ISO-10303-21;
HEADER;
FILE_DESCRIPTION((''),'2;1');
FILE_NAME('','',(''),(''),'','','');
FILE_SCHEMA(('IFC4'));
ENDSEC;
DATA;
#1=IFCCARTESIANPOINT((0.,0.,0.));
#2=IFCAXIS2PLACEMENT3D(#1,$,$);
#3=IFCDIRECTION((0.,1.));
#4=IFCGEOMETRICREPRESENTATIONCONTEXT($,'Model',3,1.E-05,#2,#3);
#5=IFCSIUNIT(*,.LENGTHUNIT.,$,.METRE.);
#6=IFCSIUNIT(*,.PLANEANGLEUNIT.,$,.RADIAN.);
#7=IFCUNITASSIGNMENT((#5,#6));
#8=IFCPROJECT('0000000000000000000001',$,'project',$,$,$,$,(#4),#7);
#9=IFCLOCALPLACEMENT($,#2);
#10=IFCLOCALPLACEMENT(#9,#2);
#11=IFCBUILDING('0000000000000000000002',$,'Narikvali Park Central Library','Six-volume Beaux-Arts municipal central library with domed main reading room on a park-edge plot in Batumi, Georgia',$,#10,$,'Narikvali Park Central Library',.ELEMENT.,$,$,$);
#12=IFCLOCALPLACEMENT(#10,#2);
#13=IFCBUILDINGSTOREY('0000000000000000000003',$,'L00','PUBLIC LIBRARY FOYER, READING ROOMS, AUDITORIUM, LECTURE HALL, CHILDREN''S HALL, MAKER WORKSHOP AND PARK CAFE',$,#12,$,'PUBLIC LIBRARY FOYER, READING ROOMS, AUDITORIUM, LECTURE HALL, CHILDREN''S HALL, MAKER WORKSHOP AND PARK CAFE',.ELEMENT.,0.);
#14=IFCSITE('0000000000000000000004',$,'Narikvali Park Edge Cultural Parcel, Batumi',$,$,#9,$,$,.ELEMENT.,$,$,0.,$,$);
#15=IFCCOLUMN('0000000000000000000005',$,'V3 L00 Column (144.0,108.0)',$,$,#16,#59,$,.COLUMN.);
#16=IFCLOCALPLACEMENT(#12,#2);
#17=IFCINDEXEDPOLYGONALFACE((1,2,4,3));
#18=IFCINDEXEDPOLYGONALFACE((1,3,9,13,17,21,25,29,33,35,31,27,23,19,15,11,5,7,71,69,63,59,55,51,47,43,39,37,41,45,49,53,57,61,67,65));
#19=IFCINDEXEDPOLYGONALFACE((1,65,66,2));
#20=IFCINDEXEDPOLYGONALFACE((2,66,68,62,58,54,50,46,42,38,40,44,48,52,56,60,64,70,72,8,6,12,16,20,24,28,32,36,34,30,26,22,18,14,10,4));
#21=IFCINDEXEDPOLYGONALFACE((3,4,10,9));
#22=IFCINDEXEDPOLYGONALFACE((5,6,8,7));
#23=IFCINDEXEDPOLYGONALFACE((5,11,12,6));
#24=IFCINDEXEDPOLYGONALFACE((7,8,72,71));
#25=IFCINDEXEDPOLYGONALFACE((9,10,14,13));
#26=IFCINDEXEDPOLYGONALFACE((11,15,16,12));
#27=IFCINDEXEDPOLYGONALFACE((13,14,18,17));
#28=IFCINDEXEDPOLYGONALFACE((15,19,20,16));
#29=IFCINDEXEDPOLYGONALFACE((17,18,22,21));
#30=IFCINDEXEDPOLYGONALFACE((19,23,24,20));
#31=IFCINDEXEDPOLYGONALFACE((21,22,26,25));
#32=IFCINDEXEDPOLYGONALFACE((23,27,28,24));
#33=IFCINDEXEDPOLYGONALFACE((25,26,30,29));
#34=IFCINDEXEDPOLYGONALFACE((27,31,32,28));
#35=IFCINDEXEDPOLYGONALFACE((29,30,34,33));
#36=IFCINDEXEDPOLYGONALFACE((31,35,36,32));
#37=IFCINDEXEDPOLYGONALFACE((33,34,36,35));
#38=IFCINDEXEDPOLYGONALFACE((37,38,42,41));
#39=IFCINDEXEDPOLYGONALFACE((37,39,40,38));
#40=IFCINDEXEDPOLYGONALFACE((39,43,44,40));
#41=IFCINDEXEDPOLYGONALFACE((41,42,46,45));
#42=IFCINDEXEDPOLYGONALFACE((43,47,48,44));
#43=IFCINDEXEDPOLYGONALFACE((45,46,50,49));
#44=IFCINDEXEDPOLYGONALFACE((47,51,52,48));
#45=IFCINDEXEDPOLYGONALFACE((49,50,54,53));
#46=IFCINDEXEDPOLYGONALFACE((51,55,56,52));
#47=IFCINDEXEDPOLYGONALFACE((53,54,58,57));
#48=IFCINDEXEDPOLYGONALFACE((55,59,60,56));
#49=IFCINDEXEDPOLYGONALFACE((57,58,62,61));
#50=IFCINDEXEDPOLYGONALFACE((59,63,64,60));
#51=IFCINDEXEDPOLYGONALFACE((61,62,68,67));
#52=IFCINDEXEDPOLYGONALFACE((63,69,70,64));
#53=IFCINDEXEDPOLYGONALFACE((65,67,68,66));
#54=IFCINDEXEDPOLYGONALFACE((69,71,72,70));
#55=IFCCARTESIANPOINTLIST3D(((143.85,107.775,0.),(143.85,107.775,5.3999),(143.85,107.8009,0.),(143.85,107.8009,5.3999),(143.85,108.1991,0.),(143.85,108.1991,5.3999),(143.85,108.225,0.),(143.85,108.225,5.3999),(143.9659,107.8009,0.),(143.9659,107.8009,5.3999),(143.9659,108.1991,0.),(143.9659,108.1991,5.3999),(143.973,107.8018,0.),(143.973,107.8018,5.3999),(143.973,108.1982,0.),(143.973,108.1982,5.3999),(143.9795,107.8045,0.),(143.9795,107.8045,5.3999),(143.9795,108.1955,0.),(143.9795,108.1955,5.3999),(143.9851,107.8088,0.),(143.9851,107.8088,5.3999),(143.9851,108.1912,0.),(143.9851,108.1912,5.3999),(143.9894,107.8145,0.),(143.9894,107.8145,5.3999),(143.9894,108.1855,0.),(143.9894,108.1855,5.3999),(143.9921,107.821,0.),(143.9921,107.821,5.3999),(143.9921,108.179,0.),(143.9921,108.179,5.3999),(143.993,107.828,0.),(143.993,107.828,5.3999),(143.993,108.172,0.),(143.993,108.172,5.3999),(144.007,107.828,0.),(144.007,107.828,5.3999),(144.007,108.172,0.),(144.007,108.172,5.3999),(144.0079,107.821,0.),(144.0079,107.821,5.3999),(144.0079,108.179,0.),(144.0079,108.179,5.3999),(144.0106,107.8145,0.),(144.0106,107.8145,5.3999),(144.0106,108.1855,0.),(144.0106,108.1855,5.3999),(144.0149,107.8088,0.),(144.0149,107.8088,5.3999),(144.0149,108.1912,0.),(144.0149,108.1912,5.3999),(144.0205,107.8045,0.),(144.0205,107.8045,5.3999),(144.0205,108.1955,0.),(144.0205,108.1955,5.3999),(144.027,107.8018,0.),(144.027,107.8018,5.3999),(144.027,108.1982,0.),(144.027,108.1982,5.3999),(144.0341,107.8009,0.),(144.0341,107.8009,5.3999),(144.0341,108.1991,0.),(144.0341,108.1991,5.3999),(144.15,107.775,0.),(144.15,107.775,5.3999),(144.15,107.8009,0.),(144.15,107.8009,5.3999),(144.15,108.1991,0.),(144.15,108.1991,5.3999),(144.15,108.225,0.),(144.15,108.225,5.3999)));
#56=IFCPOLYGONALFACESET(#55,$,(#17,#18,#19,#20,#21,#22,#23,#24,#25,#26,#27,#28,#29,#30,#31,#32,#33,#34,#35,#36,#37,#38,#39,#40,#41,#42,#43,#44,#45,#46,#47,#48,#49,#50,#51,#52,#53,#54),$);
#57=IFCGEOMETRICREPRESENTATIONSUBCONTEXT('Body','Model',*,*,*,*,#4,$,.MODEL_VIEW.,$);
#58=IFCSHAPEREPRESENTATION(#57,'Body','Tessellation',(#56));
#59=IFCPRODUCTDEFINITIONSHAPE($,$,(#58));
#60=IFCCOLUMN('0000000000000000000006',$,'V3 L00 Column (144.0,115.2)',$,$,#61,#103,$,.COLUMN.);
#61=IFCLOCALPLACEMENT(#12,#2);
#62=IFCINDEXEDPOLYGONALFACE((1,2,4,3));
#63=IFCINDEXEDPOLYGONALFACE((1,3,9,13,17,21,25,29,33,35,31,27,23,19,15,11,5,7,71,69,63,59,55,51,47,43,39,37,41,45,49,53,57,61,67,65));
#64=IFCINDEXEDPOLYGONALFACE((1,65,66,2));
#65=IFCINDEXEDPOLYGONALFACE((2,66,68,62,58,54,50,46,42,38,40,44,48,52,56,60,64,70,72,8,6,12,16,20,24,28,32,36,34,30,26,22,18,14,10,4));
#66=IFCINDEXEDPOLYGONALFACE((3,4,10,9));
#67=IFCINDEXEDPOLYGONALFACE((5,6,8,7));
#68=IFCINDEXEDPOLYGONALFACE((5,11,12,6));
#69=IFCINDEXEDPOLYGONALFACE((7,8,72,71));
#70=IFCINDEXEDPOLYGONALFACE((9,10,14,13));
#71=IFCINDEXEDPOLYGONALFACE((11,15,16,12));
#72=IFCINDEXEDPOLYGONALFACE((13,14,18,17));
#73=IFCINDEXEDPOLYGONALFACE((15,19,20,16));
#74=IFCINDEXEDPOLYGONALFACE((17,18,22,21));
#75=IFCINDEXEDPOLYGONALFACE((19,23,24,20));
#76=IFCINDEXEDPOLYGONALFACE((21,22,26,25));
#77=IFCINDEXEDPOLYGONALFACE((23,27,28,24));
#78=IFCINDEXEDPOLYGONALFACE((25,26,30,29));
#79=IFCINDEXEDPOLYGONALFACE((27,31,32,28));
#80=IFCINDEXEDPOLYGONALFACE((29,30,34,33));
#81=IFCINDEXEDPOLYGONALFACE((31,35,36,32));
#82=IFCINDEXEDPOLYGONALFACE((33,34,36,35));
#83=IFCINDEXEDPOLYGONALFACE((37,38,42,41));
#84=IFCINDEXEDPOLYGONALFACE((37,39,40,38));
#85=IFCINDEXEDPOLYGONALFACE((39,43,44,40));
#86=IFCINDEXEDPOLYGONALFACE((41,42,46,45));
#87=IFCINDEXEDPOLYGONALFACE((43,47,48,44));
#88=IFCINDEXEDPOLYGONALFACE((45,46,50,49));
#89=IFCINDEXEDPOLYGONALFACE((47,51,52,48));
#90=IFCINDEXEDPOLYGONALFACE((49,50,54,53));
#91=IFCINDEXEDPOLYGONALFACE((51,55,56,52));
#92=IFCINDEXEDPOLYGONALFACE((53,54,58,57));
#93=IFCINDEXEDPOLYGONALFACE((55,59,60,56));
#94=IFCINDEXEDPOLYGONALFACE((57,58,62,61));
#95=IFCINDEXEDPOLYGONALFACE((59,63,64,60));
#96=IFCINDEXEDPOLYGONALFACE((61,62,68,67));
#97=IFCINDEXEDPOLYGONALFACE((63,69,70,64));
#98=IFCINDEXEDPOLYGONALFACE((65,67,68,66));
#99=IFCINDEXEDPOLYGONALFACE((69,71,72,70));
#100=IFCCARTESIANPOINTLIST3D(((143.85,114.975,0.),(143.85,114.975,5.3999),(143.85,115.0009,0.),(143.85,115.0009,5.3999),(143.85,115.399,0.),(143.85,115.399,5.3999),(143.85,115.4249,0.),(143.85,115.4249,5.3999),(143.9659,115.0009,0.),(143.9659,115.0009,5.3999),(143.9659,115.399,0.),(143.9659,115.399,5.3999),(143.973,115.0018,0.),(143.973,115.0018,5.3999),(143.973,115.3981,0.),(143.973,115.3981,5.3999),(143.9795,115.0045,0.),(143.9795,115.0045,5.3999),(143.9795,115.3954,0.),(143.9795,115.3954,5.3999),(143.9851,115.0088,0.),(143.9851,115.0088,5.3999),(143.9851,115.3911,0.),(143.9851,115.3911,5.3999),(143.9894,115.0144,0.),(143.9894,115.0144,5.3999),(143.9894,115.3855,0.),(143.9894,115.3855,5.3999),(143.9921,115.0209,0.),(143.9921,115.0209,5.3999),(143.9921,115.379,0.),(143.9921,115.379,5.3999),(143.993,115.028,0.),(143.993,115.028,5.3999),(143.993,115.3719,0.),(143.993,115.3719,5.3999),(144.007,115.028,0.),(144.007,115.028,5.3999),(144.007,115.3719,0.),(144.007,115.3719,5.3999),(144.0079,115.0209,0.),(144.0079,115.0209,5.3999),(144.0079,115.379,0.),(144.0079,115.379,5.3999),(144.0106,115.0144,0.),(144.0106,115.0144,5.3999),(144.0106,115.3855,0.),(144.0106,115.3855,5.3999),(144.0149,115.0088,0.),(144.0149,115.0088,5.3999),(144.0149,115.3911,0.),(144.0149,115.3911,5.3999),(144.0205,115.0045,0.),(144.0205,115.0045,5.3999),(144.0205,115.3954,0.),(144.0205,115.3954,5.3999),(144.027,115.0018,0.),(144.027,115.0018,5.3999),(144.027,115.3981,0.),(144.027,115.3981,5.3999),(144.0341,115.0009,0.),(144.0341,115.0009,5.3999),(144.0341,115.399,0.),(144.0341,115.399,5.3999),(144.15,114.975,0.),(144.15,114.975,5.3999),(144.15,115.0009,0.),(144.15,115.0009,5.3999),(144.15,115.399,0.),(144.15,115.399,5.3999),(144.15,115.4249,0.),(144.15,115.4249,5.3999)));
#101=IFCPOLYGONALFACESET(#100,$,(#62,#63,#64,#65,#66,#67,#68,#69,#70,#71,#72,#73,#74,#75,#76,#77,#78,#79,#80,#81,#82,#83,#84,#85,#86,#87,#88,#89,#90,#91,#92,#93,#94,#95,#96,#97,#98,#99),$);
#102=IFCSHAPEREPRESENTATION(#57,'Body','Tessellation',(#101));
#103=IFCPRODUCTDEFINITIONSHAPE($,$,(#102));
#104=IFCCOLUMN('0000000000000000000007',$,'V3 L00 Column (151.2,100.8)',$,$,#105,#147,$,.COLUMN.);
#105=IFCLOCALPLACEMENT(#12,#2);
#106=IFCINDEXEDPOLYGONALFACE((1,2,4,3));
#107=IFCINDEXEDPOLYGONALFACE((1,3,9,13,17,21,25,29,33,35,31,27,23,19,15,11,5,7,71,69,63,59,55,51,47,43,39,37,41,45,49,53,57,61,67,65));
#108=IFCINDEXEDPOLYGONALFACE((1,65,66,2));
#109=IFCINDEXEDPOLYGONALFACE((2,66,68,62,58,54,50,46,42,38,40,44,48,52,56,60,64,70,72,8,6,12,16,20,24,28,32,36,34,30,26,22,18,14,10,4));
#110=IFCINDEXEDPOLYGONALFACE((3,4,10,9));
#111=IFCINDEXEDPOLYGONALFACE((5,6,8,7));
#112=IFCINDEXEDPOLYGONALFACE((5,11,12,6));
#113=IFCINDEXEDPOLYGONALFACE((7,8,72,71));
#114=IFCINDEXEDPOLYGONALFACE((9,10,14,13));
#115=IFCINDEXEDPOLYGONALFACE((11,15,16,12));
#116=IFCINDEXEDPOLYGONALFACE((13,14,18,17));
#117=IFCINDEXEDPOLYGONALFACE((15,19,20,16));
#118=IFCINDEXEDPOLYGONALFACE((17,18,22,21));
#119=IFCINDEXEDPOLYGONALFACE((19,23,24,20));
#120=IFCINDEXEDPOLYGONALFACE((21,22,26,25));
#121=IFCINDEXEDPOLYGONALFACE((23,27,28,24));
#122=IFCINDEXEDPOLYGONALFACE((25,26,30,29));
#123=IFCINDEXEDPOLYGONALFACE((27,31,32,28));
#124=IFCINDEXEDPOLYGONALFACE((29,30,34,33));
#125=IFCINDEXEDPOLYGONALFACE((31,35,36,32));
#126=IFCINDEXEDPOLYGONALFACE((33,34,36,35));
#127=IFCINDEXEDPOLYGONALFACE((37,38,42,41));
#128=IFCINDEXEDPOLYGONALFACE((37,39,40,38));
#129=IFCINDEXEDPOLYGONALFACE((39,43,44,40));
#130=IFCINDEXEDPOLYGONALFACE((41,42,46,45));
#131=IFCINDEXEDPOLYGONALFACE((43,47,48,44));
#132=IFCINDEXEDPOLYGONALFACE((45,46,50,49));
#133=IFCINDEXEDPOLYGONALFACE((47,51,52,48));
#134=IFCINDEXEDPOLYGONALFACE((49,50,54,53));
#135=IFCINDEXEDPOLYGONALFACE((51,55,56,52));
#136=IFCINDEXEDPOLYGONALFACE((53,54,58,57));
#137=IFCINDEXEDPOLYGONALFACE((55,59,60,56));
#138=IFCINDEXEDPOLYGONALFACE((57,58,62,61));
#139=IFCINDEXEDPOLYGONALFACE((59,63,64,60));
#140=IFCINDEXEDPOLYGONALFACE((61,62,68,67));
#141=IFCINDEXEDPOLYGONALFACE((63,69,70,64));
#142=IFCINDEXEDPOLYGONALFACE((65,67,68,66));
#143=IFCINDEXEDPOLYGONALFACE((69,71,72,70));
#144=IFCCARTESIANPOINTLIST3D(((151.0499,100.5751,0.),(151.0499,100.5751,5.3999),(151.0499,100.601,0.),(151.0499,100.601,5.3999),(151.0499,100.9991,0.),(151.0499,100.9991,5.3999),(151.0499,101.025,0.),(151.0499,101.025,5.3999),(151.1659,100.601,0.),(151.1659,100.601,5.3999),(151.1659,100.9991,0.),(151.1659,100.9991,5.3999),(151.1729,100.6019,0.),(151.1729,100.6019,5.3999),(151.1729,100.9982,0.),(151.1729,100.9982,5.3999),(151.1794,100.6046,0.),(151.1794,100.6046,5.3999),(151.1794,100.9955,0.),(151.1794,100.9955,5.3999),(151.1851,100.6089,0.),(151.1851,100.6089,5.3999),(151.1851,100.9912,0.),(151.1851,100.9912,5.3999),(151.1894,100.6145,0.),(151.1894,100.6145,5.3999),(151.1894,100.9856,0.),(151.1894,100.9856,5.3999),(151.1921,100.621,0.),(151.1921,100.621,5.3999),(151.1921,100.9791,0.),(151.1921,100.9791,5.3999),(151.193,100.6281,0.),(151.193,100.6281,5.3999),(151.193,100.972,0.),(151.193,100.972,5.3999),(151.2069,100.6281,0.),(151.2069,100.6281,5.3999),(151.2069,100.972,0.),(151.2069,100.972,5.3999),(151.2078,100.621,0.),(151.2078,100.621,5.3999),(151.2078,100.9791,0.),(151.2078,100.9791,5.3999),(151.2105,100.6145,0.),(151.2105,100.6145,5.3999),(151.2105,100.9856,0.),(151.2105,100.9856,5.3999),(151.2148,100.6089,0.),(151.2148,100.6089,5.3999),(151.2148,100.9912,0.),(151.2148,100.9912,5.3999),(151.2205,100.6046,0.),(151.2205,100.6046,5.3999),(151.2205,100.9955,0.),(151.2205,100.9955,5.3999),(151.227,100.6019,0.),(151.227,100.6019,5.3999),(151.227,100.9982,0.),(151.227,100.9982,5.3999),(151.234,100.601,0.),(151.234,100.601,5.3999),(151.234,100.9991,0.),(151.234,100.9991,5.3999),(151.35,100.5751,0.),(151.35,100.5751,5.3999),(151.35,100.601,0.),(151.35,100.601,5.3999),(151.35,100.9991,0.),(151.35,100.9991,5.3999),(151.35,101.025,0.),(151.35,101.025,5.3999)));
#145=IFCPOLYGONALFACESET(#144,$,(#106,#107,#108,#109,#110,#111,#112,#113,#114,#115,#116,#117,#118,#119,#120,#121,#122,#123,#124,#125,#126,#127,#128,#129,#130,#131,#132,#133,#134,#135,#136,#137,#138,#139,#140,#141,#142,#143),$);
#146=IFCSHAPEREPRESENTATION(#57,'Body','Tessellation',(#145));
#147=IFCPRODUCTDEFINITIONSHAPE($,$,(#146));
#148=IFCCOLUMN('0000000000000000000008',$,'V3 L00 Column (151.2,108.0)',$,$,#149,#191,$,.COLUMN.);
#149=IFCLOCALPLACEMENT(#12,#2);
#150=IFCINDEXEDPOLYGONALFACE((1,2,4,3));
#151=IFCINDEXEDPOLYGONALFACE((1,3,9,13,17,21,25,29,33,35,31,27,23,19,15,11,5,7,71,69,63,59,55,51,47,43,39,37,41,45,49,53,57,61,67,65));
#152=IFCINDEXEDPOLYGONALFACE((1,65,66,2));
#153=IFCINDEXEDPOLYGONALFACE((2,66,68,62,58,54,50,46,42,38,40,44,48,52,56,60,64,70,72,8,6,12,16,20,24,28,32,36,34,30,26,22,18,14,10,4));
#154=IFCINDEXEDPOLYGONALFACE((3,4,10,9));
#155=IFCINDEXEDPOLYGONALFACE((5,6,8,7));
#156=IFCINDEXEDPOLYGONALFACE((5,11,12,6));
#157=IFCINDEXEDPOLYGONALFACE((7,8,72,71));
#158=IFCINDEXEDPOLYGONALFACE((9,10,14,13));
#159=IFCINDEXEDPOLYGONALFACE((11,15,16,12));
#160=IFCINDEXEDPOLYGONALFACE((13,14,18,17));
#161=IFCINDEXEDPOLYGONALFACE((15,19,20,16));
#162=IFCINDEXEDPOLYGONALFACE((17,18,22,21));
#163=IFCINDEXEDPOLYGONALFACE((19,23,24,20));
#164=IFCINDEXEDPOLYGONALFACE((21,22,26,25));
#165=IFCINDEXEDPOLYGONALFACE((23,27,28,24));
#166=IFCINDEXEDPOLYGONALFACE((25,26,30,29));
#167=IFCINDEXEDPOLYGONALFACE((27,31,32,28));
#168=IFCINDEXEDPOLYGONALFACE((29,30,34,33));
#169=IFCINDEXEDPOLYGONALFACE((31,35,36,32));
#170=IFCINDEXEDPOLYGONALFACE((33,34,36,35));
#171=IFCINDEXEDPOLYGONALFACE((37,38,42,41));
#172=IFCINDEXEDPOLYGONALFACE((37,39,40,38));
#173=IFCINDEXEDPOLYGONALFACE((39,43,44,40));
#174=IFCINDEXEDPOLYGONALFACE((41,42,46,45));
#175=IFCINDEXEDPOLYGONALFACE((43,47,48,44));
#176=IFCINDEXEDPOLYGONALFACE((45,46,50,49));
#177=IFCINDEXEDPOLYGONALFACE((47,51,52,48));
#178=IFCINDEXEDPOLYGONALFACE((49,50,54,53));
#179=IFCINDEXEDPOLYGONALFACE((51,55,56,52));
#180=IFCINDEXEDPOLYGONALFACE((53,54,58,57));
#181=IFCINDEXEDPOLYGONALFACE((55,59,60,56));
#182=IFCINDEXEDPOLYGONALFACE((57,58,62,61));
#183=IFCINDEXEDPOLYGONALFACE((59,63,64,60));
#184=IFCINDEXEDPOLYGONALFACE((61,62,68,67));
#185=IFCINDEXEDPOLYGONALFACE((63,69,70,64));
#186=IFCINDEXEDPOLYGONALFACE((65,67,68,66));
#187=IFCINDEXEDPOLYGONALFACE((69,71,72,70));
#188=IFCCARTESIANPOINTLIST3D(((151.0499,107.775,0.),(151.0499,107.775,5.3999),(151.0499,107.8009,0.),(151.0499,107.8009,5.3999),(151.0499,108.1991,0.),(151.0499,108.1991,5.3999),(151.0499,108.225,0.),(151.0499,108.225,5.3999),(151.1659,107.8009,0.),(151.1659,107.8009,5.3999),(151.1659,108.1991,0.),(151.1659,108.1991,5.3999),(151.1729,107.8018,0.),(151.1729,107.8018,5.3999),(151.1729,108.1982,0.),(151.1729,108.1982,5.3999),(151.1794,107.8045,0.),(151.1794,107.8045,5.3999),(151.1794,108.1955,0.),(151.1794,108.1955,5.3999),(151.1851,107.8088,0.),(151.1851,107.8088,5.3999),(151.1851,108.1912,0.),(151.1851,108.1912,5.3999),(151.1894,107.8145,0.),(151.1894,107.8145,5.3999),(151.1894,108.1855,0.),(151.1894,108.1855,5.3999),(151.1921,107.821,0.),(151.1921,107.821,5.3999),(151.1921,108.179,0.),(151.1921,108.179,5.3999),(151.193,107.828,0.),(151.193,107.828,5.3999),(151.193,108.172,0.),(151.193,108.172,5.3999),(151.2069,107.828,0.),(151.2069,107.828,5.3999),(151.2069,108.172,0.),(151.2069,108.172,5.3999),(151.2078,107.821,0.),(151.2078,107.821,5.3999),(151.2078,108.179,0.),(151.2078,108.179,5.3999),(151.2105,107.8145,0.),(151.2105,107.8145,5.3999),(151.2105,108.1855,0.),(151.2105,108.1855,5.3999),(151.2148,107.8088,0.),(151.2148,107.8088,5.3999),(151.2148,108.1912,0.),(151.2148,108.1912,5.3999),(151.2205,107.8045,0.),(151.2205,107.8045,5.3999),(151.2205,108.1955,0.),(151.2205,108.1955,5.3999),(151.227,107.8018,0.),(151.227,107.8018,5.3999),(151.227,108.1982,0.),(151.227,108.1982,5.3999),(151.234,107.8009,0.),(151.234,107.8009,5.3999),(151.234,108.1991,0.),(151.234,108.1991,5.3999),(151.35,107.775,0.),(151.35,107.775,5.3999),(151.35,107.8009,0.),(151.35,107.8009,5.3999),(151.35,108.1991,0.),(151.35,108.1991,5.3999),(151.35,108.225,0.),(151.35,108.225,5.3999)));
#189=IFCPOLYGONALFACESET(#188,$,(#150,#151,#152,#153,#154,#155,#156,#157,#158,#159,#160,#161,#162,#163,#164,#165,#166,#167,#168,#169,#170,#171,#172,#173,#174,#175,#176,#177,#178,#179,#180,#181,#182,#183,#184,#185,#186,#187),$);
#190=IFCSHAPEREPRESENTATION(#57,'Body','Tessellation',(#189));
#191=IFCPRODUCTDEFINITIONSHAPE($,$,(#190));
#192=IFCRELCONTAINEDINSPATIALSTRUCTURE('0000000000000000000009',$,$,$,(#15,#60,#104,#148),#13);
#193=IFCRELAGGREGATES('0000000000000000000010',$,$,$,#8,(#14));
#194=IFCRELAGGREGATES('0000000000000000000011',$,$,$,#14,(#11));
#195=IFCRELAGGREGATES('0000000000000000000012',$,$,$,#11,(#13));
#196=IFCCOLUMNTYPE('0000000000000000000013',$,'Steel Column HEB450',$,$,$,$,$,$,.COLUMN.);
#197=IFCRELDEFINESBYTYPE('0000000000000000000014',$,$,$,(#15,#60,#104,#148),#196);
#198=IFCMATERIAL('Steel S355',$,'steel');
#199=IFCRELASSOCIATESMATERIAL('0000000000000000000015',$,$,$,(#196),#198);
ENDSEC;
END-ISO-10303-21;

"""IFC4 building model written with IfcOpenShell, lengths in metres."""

from ifc_helpers import new_model, si_unit, direction, frame, origin, origin_2d, place, context, subcontext, project, spatial, i_section, extrude, material, material_profile, profile_set, type_object, element, save


model = new_model("IFC4")

# Units and contexts
model_context = context("Model", 3, precision=1e-05, world=origin(), true_north=direction((0.0, 1.0)))
body_context = subcontext(model_context, "Body", "Model", "MODEL_VIEW")
ifc_project = project(units=[si_unit("LENGTHUNIT", "METRE"), si_unit("PLANEANGLEUNIT", "RADIAN")], contexts=[model_context])

# Site, building, storey
site_placement = place(None, origin())
site = spatial("IfcSite", under=ifc_project, at=site_placement, Name="Narikvali Park Edge Cultural Parcel, Batumi", CompositionType="ELEMENT", RefElevation=0.0)
building_placement = place(site_placement, origin())
building = spatial("IfcBuilding", under=site, at=building_placement, Name="Narikvali Park Central Library", Description="Six-volume Beaux-Arts municipal central library with domed main reading room on a park-edge plot in Batumi, Georgia", LongName="Narikvali Park Central Library", CompositionType="ELEMENT")
storey_placement = place(building_placement, origin())
storey = spatial("IfcBuildingStorey", under=building, at=storey_placement, Name="L00", Description="PUBLIC LIBRARY FOYER, READING ROOMS, AUDITORIUM, LECTURE HALL, CHILDREN'S HALL, MAKER WORKSHOP AND PARK CAFE", LongName="PUBLIC LIBRARY FOYER, READING ROOMS, AUDITORIUM, LECTURE HALL, CHILDREN'S HALL, MAKER WORKSHOP AND PARK CAFE", CompositionType="ELEMENT", Elevation=0.0)

# Columns
ifc_material_1 = material(Name="Steel S355", Category="steel")
ifc_material_profile_1 = material_profile(ifc_material_1, i_section(OverallWidth=0.3, OverallDepth=0.45, WebThickness=0.0139, FlangeThickness=0.0259, FilletRadius=0.0271, at=origin_2d()), Name="HEB 450")
ifc_profile_set_1 = profile_set([ifc_material_profile_1], Name="Steel S355")
column_type = type_object("IfcColumnType", Name="Steel Column HEB450", PredefinedType="COLUMN", material=ifc_profile_set_1)
for number, where, z_axis, x_axis, name in (
    (1, (144.0, 108.0, 0.0), (0.0, 0.0, 1.0), (1.0, 0.0, 0.0), "V3 L00 Column (144.0,108.0)"),
    (2, (144.0, 115.2, 0.0), (0.0, 0.0, 1.0), (1.0, 0.0, 0.0), "V3 L00 Column (144.0,115.2)"),
    (3, (151.2, 100.8, 0.0), (0.0, 0.0, 1.0), (1.0, 0.0, 0.0), "V3 L00 Column (151.2,100.8)"),
    (4, (151.2, 108.0, 0.0), (0.0, 0.0, 1.0), (1.0, 0.0, 0.0), "V3 L00 Column (151.2,108.0)"),
):
    element("IfcColumn", number, at=place(storey_placement, frame(where, z_axis=z_axis, x_axis=x_axis)), inside=storey, type_object=column_type, Name=name, PredefinedType="COLUMN", context=body_context, shape_type="SweptSolid", body=[
        extrude(i_section(OverallWidth=0.3, OverallDepth=0.45, WebThickness=0.0139, FlangeThickness=0.0259, FilletRadius=0.0271, at=origin_2d()), origin(), (0.0, 0.0, 1.0), 5.3999),
    ])

save(model, "model.ifc")
